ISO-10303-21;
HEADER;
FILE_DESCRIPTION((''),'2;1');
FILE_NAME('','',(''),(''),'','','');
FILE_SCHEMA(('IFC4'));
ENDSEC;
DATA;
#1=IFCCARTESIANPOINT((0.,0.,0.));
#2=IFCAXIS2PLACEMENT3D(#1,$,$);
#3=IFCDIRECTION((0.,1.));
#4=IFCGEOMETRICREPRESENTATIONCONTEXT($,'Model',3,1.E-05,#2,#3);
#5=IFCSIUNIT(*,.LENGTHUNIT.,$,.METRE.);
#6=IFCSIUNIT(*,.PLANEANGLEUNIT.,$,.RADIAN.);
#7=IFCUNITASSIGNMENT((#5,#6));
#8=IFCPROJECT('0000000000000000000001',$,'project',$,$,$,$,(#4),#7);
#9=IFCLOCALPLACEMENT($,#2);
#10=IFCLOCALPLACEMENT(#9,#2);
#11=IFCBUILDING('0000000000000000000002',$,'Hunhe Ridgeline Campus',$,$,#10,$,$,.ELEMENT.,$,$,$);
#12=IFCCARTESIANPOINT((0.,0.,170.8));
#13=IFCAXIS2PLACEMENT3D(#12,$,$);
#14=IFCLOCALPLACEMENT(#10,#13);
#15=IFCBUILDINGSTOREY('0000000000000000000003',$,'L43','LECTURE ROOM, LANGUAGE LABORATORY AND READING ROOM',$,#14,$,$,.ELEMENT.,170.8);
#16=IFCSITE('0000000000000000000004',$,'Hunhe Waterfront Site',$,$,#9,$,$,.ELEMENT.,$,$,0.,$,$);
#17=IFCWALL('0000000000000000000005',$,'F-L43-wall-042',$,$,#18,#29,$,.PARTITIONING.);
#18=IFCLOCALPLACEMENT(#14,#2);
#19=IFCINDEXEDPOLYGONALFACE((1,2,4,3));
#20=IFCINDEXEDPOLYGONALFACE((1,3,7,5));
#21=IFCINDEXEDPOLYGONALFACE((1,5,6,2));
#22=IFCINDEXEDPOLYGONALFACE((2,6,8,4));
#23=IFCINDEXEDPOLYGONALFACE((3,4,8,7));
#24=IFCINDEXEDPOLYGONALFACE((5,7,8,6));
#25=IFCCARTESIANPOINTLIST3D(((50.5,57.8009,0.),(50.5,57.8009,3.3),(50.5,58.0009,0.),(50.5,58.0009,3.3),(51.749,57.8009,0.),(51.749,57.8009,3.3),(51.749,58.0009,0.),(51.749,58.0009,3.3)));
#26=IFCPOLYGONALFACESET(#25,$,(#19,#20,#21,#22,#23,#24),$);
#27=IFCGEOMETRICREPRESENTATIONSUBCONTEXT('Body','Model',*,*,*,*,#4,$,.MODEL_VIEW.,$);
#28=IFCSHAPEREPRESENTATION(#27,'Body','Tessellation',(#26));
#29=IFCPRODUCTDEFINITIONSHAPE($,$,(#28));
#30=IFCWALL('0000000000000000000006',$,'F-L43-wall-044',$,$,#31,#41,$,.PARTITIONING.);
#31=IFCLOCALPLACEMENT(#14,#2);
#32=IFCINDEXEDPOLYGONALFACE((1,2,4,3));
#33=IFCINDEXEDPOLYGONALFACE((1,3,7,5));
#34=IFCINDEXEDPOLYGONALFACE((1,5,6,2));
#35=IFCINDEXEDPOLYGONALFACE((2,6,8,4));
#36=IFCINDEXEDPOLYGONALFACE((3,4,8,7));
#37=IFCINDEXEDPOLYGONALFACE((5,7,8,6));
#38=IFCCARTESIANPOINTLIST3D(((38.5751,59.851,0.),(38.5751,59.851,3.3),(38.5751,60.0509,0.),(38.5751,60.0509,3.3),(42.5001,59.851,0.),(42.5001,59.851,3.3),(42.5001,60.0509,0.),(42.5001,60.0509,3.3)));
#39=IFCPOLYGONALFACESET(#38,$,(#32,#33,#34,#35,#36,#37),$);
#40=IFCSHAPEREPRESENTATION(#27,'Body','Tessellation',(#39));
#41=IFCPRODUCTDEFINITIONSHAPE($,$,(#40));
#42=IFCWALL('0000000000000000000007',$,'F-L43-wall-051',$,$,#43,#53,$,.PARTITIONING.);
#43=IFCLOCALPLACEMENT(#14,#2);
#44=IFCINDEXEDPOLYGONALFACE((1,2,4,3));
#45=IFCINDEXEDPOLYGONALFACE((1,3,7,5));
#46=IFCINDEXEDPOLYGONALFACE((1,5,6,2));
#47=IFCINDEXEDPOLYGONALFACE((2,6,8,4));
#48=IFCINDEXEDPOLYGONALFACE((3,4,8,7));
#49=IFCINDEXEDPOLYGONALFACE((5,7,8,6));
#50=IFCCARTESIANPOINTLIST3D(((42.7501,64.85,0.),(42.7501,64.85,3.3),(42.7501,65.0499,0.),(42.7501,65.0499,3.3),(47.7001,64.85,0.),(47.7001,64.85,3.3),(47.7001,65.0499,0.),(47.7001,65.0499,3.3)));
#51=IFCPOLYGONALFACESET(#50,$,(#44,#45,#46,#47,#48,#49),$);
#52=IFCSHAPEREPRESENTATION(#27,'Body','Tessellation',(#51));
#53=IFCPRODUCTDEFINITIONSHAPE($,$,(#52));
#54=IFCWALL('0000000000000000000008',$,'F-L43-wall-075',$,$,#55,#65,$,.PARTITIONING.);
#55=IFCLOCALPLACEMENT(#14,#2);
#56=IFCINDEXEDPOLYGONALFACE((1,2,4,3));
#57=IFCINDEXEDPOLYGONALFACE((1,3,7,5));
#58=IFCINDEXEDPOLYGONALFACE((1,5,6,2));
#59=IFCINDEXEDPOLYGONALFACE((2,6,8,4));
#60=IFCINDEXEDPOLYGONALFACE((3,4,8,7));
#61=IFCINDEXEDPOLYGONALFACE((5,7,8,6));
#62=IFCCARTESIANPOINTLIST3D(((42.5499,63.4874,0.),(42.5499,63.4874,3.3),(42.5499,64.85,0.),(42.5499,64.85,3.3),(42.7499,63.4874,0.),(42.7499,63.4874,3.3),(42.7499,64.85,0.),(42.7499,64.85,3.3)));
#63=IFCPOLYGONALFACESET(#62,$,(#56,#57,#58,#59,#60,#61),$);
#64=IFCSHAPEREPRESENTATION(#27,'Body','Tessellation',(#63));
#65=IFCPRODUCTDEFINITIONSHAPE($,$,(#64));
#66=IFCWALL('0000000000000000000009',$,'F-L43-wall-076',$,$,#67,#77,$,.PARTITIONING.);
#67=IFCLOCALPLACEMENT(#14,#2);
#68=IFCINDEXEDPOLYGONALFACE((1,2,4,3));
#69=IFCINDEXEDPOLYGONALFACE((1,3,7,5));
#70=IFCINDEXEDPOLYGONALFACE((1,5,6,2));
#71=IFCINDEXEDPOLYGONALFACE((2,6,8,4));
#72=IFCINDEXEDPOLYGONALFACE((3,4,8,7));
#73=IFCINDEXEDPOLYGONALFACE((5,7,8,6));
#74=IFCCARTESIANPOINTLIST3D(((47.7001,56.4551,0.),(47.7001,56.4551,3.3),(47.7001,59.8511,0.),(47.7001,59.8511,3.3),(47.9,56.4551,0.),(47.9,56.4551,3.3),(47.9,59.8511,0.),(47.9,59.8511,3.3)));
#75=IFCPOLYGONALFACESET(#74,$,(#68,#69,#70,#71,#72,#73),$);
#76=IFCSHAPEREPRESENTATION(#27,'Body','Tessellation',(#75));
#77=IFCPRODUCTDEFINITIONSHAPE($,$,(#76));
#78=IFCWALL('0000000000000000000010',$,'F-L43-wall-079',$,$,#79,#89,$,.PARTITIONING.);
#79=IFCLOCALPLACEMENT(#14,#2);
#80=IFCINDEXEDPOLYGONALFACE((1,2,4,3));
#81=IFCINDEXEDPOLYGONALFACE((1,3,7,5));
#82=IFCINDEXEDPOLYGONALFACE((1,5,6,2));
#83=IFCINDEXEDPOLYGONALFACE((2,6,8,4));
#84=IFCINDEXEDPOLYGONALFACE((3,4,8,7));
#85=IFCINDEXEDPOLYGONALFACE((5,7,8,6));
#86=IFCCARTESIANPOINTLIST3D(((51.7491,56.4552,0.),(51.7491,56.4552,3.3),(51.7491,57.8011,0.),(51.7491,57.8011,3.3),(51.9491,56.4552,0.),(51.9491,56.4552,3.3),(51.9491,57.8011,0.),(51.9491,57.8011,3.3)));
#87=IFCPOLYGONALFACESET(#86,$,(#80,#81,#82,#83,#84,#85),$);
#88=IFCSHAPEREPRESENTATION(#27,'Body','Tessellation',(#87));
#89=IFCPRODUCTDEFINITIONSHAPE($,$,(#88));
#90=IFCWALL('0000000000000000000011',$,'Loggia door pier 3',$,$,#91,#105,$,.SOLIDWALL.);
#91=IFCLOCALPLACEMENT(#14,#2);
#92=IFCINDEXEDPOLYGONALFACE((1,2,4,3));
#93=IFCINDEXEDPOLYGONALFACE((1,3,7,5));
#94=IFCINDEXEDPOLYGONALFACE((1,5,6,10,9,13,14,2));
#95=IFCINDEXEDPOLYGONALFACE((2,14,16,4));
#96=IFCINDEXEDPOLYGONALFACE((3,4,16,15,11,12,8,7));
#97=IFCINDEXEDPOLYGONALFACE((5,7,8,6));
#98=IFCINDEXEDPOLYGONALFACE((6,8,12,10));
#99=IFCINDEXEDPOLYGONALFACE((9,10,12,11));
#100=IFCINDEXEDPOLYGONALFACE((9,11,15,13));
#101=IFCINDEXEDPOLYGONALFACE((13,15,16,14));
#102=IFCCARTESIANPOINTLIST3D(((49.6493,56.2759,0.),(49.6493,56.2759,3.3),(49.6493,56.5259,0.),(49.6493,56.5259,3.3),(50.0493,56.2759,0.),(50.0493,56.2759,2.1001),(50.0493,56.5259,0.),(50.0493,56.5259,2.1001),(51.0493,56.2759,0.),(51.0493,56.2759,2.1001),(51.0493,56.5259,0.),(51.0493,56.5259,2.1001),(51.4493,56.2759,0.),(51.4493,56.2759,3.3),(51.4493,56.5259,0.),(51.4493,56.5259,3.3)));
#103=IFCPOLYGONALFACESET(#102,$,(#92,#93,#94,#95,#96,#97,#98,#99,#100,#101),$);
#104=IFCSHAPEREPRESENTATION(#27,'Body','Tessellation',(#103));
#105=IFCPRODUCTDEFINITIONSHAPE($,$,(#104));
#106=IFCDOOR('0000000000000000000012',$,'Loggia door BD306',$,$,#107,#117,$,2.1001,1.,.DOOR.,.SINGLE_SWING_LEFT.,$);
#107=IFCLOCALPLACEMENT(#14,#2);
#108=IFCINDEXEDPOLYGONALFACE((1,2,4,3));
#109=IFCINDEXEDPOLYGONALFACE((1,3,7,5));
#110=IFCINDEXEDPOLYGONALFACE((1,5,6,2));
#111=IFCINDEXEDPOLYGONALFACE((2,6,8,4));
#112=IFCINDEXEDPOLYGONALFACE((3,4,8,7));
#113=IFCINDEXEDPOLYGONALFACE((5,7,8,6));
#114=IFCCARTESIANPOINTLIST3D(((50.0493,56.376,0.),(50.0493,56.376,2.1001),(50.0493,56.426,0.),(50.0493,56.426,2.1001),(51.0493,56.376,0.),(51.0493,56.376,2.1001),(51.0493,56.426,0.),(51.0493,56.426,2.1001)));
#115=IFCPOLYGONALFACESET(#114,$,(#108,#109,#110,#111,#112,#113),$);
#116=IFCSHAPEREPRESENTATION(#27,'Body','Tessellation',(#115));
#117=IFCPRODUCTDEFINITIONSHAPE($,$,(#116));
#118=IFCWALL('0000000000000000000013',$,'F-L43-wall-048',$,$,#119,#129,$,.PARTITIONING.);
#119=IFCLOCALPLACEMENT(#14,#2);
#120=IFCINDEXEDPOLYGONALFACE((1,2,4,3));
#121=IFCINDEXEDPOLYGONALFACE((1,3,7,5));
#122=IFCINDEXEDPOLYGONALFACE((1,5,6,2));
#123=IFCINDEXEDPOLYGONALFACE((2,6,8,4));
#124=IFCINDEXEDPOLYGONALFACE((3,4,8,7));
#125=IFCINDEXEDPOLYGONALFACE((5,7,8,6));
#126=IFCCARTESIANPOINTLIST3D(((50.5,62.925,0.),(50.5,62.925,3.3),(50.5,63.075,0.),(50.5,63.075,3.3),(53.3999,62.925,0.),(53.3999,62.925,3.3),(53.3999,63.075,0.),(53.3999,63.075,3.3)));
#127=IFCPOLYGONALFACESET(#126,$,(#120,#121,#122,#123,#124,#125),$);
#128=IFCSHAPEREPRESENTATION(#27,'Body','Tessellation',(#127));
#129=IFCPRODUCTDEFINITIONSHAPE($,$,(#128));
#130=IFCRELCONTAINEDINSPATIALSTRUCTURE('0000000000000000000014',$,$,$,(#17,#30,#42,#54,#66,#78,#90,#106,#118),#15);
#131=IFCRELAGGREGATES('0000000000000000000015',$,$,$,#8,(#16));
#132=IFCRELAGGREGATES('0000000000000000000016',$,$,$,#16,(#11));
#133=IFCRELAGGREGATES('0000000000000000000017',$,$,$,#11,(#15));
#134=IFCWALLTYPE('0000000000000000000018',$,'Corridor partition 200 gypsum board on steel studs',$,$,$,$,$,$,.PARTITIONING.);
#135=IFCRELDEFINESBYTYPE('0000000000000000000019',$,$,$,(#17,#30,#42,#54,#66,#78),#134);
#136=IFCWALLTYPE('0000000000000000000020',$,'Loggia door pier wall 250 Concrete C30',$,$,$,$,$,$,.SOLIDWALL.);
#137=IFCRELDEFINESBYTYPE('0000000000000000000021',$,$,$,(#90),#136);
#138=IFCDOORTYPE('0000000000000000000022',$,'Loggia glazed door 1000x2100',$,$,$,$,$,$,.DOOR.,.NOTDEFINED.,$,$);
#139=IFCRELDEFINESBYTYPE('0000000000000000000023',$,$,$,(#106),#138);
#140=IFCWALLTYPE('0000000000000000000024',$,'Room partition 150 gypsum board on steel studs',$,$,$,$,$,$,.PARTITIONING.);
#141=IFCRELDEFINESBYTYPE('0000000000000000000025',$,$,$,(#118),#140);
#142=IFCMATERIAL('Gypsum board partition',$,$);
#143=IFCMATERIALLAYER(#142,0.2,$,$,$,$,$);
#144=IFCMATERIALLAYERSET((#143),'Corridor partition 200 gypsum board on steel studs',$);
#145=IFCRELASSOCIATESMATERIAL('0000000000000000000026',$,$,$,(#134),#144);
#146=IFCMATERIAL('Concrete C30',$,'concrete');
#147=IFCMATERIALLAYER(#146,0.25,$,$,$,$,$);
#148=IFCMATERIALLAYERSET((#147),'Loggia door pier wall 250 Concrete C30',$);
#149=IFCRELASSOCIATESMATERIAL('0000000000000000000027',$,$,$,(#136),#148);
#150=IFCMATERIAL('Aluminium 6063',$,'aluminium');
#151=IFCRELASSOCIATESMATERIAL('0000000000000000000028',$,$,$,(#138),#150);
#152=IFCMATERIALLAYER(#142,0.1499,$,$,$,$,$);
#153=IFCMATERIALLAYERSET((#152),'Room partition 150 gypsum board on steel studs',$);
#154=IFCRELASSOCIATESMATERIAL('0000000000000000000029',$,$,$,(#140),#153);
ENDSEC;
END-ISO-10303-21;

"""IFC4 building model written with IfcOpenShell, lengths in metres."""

from ifc_helpers import new_model, si_unit, direction, frame, frame_2d, origin, place, context, subcontext, project, spatial, rectangle, extrude, material, layer, layer_set, type_object, element, fill, save


model = new_model("IFC4")

# Units and contexts
model_context = context("Model", 3, precision=1e-05, world=origin(), true_north=direction((0.0, 1.0)))
body_context = subcontext(model_context, "Body", "Model", "MODEL_VIEW")
ifc_project = project(units=[si_unit("LENGTHUNIT", "METRE"), si_unit("PLANEANGLEUNIT", "RADIAN")], contexts=[model_context])

# Site, building, storey
site_placement = place(None, origin())
site = spatial("IfcSite", under=ifc_project, at=site_placement, Name="Hunhe Waterfront Site", CompositionType="ELEMENT", RefElevation=0.0)
building_placement = place(site_placement, origin())
building = spatial("IfcBuilding", under=site, at=building_placement, Name="Hunhe Ridgeline Campus", CompositionType="ELEMENT")
storey_placement = place(building_placement, frame((0.0, 0.0, 170.8)))
storey = spatial("IfcBuildingStorey", under=building, at=storey_placement, Name="L43", Description="LECTURE ROOM, LANGUAGE LABORATORY AND READING ROOM", CompositionType="ELEMENT", Elevation=170.8)

# Shared definitions
ifc_material_1 = material(Name="Aluminium 6063", Category="aluminium")

# Walls
ifc_material_2 = material(Name="Concrete C30", Category="concrete")
ifc_material_3 = material(Name="Gypsum board partition")
ifc_layer_1 = layer(ifc_material_3, 0.2)
ifc_layer_set_1 = layer_set([ifc_layer_1], Name="Corridor partition 200 gypsum board on steel studs")
wall_type_1 = type_object("IfcWallType", Name="Corridor partition 200 gypsum board on steel studs", PredefinedType="PARTITIONING", material=ifc_layer_set_1)
wall_1_placement = place(storey_placement, frame((50.5, 57.9009, 0.0), z_axis=(0.0, 0.0, 1.0), x_axis=(1.0, 0.0, 0.0)))
element("IfcWall", 1, at=wall_1_placement, inside=storey, type_object=wall_type_1, Name="F-L43-wall-042", PredefinedType="PARTITIONING", context=body_context, shape_type="SweptSolid", body=[
    extrude(rectangle(XDim=1.249, YDim=0.2, at=frame_2d((0.6245, 0.0))), origin(), (0.0, 0.0, 1.0), 3.3),
])
wall_2_placement = place(storey_placement, frame((42.5, 59.9509, 0.0), z_axis=(0.0, 0.0, 1.0), x_axis=(-1.0, 0.0, 0.0)))
element("IfcWall", 2, at=wall_2_placement, inside=storey, type_object=wall_type_1, Name="F-L43-wall-044", PredefinedType="PARTITIONING", context=body_context, shape_type="SweptSolid", body=[
    extrude(rectangle(XDim=3.925, YDim=0.2, at=frame_2d((1.9624, 0.0))), origin(), (0.0, 0.0, 1.0), 3.3),
])

# Walls
wall_3_placement = place(storey_placement, frame((42.75, 64.95, 0.0), z_axis=(0.0, 0.0, 1.0), x_axis=(1.0, 0.0, 0.0)))
element("IfcWall", 3, at=wall_3_placement, inside=storey, type_object=wall_type_1, Name="F-L43-wall-051", PredefinedType="PARTITIONING", context=body_context, shape_type="SweptSolid", body=[
    extrude(rectangle(XDim=4.95, YDim=0.2, at=frame_2d((2.4751, 0.0))), origin(), (0.0, 0.0, 1.0), 3.3),
])
wall_4_placement = place(storey_placement, frame((42.6499, 63.4875, 0.0), z_axis=(0.0, 0.0, 1.0), x_axis=(0.0, 1.0, 0.0)))
element("IfcWall", 4, at=wall_4_placement, inside=storey, type_object=wall_type_1, Name="F-L43-wall-075", PredefinedType="PARTITIONING", context=body_context, shape_type="SweptSolid", body=[
    extrude(rectangle(XDim=1.3625, YDim=0.2, at=frame_2d((0.6812, 0.0))), origin(), (0.0, 0.0, 1.0), 3.3),
])
wall_5_placement = place(storey_placement, frame((47.8, 56.4551, 0.0), z_axis=(0.0, 0.0, 1.0), x_axis=(0.0, 1.0, 0.0)))
element("IfcWall", 5, at=wall_5_placement, inside=storey, type_object=wall_type_1, Name="F-L43-wall-076", PredefinedType="PARTITIONING", context=body_context, shape_type="SweptSolid", body=[
    extrude(rectangle(XDim=3.396, YDim=0.2, at=frame_2d((1.698, 0.0))), origin(), (0.0, 0.0, 1.0), 3.3),
])

# Wall
wall_6_placement = place(storey_placement, frame((51.8491, 57.801, 0.0), z_axis=(0.0, 0.0, 1.0), x_axis=(0.0, -1.0, 0.0)))
element("IfcWall", 6, at=wall_6_placement, inside=storey, type_object=wall_type_1, Name="F-L43-wall-079", PredefinedType="PARTITIONING", context=body_context, shape_type="SweptSolid", body=[
    extrude(rectangle(XDim=1.3459, YDim=0.2, at=frame_2d((0.6729, 0.0))), origin(), (0.0, 0.0, 1.0), 3.3),
])

# Wall, opening, door
ifc_layer_2 = layer(ifc_material_2, 0.25)
ifc_layer_set_2 = layer_set([ifc_layer_2], Name="Loggia door pier wall 250 Concrete C30")
wall_type_2 = type_object("IfcWallType", Name="Loggia door pier wall 250 Concrete C30", PredefinedType="SOLIDWALL", material=ifc_layer_set_2)
wall_7_placement = place(storey_placement, frame((49.6494, 56.4009, 0.0), z_axis=(0.0, 0.0, 1.0), x_axis=(1.0, 0.0, 0.0)))
wall_7 = element("IfcWall", 7, at=wall_7_placement, inside=storey, type_object=wall_type_2, Name="Loggia door pier 3", PredefinedType="SOLIDWALL", context=body_context, shape_type="SweptSolid", body=[
    extrude(rectangle(XDim=1.8, YDim=0.25, at=frame_2d((0.8999, 0.0))), origin(), (0.0, 0.0, 1.0), 3.3),
])
opening_1_placement = place(wall_7_placement, frame((0.3999, 0.0, 0.0)))
opening_1 = element("IfcOpeningElement", 8, at=opening_1_placement, cuts=wall_7, PredefinedType="OPENING", context=body_context, shape_type="SweptSolid", body=[
    extrude(rectangle(XDim=1.0, YDim=2.1001, at=frame_2d((0.5, 1.05))), frame((0.0, 0.125, 0.0), z_axis=(0.0, -1.0, 0.0), x_axis=(1.0, 0.0, 0.0)), (0.0, 0.0, 1.0), 0.25),
])
door_type_1 = type_object("IfcDoorType", Name="Loggia glazed door 1000x2100", OperationType="NOTDEFINED", PredefinedType="DOOR", material=ifc_material_1)
door_1_placement = place(opening_1_placement, frame((1.0, 0.0, 0.0), z_axis=(0.0, 0.0, 1.0), x_axis=(-1.0, 0.0, 0.0)))
door_1 = element("IfcDoor", 9, at=door_1_placement, inside=storey, type_object=door_type_1, Name="Loggia door BD306", OperationType="SINGLE_SWING_LEFT", OverallHeight=2.1001, OverallWidth=1.0, PredefinedType="DOOR", context=body_context, shape_type="SweptSolid", body=[
    extrude(rectangle(XDim=1.0, YDim=2.1001, at=frame_2d((0.5, 1.05))), frame((0.0, 0.0249, 0.0), z_axis=(0.0, -1.0, 0.0), x_axis=(1.0, 0.0, 0.0)), (0.0, 0.0, 1.0), 0.05),
])
fill(opening_1, door_1)

# Wall
ifc_layer_3 = layer(ifc_material_3, 0.1499)
ifc_layer_set_3 = layer_set([ifc_layer_3], Name="Room partition 150 gypsum board on steel studs")
wall_type_3 = type_object("IfcWallType", Name="Room partition 150 gypsum board on steel studs", PredefinedType="PARTITIONING", material=ifc_layer_set_3)
wall_8_placement = place(storey_placement, frame((50.5, 63.0, 0.0), z_axis=(0.0, 0.0, 1.0), x_axis=(1.0, 0.0, 0.0)))
element("IfcWall", 10, at=wall_8_placement, inside=storey, type_object=wall_type_3, Name="F-L43-wall-048", PredefinedType="PARTITIONING", context=body_context, shape_type="SweptSolid", body=[
    extrude(rectangle(XDim=2.8999, YDim=0.1499, at=frame_2d((1.45, 0.0))), origin(), (0.0, 0.0, 1.0), 3.3),
])

save(model, "model.ifc")
